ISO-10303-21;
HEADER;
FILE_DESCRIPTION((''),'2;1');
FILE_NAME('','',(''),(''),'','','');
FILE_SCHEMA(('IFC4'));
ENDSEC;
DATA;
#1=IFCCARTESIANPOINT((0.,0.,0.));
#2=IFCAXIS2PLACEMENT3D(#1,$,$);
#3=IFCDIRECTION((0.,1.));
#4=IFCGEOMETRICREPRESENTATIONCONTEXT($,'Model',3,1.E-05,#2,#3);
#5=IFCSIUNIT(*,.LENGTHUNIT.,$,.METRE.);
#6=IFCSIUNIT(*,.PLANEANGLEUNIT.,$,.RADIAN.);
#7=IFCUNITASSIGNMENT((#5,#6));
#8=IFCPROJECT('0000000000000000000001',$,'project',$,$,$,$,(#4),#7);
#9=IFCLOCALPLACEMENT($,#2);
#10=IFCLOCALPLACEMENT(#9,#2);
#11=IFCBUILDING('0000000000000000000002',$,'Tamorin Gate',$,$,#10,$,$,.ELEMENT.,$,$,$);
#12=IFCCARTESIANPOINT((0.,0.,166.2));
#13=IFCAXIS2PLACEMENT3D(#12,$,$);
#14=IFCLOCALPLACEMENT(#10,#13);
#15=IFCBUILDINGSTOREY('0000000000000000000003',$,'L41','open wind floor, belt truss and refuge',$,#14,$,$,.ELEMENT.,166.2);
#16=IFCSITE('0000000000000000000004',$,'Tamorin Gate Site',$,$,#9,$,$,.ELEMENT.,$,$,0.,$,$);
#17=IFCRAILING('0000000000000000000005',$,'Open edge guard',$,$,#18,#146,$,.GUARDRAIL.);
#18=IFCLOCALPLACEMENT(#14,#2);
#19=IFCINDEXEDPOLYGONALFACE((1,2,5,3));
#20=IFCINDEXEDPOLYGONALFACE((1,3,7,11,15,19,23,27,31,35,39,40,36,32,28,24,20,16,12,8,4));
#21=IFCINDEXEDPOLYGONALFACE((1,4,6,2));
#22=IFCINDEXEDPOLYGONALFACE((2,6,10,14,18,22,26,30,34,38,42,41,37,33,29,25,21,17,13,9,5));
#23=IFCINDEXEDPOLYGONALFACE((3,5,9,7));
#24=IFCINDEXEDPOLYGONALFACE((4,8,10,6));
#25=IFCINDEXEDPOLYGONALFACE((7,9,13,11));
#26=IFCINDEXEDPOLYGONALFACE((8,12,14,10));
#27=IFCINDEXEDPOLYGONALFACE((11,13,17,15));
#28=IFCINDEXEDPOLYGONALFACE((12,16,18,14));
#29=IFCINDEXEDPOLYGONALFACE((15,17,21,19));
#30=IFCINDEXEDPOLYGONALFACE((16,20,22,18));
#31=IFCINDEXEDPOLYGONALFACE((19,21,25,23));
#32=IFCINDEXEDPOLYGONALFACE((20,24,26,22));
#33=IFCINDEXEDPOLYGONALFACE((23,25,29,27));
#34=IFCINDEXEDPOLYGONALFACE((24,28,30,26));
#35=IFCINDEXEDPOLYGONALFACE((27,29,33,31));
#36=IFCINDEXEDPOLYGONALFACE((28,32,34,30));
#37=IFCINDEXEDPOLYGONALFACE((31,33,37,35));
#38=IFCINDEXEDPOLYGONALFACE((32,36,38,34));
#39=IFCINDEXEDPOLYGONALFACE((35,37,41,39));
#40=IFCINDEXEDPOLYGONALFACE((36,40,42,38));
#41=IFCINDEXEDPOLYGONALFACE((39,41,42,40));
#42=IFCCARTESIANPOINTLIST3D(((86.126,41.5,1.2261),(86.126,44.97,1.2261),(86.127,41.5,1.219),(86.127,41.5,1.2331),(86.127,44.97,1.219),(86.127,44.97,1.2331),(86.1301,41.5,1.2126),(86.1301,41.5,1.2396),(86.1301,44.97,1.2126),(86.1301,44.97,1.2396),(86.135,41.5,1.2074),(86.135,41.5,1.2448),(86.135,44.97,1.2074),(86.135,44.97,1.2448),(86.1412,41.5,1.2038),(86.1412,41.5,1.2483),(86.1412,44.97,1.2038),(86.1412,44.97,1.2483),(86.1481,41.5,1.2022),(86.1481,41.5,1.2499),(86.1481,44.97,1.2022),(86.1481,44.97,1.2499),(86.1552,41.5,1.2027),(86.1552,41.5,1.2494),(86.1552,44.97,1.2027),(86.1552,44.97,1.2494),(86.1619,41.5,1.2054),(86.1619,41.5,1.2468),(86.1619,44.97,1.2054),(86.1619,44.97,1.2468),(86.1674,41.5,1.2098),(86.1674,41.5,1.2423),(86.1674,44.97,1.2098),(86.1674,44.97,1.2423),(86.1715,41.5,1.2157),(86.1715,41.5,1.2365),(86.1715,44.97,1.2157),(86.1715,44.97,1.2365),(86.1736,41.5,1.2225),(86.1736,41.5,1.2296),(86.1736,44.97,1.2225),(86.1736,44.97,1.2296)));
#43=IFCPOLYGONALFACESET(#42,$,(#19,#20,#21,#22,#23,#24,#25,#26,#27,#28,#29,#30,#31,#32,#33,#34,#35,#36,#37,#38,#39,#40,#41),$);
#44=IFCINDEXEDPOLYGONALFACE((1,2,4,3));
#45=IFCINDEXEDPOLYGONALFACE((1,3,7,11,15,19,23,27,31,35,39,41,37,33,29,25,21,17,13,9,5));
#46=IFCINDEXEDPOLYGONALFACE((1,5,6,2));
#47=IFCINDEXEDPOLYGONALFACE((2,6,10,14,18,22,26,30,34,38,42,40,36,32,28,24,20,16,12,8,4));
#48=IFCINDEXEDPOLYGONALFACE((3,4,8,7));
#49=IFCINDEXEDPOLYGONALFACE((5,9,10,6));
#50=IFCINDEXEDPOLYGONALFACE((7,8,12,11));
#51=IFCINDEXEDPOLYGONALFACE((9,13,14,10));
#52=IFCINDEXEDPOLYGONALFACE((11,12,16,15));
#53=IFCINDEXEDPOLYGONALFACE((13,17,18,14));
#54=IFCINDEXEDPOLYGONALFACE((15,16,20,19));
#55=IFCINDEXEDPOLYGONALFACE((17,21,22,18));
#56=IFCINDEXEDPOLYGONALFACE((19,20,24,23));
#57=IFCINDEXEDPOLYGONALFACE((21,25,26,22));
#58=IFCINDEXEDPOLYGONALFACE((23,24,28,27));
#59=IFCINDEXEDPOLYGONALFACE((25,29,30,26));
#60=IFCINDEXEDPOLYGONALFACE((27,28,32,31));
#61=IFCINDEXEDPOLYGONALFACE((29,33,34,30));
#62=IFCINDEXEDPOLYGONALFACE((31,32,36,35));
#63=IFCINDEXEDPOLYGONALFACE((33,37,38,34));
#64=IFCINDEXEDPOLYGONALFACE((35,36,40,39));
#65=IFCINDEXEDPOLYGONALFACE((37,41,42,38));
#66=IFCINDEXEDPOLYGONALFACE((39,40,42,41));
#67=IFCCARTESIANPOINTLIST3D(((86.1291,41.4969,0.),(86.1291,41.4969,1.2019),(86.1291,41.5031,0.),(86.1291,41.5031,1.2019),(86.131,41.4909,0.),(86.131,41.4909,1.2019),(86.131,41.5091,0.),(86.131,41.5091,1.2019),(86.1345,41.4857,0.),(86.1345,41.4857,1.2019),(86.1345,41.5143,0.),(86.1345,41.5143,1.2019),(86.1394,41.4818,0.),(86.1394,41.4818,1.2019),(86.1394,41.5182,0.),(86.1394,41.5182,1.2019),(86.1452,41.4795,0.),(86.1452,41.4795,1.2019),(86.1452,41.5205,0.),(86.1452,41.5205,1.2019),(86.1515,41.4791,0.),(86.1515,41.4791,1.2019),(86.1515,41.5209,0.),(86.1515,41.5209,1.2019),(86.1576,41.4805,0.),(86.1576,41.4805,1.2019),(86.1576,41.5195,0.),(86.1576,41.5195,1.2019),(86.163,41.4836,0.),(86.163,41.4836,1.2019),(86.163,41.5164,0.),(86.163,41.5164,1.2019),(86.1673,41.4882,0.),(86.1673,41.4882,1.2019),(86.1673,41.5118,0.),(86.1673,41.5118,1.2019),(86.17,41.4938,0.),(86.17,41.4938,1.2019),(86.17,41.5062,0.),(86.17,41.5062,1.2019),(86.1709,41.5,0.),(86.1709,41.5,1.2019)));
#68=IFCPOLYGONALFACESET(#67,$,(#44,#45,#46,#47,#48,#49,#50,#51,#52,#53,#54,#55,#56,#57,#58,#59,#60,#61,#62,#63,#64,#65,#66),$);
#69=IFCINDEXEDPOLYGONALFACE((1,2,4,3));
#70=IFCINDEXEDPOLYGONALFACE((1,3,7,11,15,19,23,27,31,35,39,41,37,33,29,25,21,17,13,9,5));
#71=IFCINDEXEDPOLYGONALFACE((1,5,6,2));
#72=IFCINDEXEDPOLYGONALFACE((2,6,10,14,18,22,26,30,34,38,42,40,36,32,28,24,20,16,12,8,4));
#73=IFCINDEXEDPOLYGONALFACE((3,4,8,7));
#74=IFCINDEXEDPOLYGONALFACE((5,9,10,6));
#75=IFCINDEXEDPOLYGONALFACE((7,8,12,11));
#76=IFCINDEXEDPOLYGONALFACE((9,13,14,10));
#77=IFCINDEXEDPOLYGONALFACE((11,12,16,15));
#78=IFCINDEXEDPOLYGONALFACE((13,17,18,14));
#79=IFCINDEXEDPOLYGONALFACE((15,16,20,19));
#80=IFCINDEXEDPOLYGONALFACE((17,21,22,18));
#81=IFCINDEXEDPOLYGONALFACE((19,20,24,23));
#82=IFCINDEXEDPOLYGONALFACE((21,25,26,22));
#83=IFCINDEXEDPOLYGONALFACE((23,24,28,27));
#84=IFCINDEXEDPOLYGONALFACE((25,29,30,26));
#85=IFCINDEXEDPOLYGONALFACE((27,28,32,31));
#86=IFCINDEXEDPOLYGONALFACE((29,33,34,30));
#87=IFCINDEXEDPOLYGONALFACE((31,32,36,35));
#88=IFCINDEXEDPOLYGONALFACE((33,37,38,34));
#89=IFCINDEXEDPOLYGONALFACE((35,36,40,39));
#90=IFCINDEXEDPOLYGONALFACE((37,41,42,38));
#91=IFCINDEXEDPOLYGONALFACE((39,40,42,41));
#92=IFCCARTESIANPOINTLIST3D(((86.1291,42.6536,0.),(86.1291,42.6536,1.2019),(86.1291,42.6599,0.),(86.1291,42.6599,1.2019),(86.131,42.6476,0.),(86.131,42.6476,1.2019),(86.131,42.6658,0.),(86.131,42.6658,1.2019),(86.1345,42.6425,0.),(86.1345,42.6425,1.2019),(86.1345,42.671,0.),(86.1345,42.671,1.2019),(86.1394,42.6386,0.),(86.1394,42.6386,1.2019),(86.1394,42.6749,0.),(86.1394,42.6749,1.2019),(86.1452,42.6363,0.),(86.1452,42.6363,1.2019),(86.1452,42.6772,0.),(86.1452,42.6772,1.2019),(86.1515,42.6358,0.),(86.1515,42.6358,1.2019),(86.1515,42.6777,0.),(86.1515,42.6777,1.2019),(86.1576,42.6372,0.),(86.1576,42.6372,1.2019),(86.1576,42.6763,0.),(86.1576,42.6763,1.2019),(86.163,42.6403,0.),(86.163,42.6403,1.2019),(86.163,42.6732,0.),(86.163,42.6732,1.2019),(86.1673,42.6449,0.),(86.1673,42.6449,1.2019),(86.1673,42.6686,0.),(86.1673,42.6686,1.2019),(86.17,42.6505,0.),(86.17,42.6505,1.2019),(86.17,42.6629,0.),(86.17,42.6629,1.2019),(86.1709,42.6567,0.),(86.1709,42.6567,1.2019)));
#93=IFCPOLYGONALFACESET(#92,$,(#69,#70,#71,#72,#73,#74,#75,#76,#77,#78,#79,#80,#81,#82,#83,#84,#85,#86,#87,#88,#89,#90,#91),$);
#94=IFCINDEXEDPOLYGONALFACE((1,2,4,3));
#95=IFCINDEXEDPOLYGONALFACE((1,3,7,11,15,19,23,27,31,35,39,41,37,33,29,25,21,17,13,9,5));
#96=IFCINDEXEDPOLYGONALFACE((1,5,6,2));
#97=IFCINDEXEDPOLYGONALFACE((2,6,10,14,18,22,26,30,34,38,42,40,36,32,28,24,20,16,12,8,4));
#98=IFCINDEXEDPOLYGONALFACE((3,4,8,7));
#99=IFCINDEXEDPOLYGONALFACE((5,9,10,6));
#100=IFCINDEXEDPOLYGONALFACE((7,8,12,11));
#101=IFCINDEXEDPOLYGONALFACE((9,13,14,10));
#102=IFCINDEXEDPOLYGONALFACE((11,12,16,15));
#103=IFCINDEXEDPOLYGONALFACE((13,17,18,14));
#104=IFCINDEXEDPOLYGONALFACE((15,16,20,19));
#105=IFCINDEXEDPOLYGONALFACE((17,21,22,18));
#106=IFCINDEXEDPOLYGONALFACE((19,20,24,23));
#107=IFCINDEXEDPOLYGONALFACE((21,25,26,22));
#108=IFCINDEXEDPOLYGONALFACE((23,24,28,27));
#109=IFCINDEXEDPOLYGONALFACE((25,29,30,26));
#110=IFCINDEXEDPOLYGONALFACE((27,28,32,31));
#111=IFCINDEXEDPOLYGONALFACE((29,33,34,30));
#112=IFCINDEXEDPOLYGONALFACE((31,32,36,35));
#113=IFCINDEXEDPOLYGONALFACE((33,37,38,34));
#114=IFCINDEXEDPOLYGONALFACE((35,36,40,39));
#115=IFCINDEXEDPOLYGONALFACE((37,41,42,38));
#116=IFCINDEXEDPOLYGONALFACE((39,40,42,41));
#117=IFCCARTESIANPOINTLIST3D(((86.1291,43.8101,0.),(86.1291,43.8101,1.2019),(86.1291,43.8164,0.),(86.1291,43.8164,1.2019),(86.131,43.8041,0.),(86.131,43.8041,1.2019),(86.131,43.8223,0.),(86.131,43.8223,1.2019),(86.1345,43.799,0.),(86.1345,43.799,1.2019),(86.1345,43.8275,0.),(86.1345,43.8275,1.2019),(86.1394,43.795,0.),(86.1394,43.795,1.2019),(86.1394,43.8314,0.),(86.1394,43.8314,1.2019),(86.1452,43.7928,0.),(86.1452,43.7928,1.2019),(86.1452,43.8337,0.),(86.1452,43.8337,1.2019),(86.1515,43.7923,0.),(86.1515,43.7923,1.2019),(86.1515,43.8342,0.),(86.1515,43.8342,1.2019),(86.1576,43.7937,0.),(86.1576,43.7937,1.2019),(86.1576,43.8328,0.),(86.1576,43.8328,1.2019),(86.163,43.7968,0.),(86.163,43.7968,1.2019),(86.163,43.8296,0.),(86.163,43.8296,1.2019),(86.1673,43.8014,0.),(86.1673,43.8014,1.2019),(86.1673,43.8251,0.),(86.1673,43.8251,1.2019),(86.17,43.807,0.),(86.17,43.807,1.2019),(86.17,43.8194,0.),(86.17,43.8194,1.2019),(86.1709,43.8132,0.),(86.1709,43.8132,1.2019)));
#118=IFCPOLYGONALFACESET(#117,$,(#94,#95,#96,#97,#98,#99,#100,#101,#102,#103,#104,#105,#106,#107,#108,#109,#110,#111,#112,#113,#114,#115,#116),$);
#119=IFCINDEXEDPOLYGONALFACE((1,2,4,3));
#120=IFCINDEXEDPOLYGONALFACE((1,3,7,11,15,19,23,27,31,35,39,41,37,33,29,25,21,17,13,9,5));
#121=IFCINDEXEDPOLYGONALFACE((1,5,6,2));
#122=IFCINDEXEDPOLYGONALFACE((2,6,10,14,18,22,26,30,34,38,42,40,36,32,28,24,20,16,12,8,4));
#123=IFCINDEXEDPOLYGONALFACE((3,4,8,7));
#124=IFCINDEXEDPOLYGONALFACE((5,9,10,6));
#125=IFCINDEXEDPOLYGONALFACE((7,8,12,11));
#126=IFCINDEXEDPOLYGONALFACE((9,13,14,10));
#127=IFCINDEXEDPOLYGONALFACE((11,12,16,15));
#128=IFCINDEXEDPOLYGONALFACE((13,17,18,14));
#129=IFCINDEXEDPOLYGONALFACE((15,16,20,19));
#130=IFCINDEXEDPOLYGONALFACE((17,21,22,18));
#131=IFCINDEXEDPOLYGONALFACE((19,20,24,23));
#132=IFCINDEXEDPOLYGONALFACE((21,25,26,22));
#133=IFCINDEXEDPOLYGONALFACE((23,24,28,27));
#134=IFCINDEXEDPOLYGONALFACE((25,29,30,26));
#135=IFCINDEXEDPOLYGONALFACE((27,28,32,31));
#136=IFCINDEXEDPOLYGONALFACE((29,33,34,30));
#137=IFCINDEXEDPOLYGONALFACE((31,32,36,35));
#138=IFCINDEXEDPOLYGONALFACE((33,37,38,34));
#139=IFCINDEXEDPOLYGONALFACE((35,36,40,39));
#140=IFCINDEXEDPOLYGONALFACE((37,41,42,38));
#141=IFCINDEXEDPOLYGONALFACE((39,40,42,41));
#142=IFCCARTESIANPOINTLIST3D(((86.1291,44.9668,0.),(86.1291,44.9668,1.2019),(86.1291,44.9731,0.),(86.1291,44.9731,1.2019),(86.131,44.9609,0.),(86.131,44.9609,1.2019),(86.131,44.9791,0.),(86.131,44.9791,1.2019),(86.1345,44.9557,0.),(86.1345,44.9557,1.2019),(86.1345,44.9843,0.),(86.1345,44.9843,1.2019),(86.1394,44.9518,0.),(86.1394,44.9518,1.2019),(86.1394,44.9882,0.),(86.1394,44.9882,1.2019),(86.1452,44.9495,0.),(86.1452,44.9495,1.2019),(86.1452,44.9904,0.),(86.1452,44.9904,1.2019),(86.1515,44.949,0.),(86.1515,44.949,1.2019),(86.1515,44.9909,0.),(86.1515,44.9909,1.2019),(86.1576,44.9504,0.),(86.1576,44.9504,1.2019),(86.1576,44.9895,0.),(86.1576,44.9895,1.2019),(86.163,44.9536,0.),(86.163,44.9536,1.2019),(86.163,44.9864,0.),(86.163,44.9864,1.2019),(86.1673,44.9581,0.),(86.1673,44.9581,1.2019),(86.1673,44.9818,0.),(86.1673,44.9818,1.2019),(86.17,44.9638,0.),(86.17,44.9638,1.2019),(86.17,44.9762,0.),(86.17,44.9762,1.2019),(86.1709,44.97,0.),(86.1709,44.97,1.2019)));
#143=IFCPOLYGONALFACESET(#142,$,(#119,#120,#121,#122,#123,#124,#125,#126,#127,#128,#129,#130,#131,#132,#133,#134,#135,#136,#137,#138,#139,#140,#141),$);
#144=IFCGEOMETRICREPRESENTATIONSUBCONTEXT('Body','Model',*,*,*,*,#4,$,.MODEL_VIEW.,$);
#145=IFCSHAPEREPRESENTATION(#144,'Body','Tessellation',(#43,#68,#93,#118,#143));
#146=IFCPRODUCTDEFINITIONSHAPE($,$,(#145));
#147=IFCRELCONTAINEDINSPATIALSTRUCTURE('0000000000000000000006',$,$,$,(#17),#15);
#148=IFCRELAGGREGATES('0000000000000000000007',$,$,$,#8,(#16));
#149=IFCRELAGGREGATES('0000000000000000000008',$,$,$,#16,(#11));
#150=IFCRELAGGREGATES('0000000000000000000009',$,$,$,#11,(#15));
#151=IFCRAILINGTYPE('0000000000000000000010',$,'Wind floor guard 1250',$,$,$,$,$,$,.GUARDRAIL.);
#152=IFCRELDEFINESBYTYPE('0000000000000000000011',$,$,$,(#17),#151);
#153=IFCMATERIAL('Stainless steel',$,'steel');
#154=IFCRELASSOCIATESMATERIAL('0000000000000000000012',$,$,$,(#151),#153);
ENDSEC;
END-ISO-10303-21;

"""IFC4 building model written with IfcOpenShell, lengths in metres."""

from ifc_helpers import new_model, si_unit, direction, frame, origin, origin_2d, place, context, subcontext, project, spatial, circle, extrude, material, type_object, element, save


model = new_model("IFC4")

# Units and contexts
model_context = context("Model", 3, precision=1e-05, world=origin(), true_north=direction((0.0, 1.0)))
body_context = subcontext(model_context, "Body", "Model", "MODEL_VIEW")
ifc_project = project(units=[si_unit("LENGTHUNIT", "METRE"), si_unit("PLANEANGLEUNIT", "RADIAN")], contexts=[model_context])

# Site, building, storey
site_placement = place(None, origin())
site = spatial("IfcSite", under=ifc_project, at=site_placement, Name="Tamorin Gate Site", CompositionType="ELEMENT", RefElevation=0.0)
building_placement = place(site_placement, origin())
building = spatial("IfcBuilding", under=site, at=building_placement, Name="Tamorin Gate", CompositionType="ELEMENT")
storey_placement = place(building_placement, frame((0.0, 0.0, 166.2)))
storey = spatial("IfcBuildingStorey", under=building, at=storey_placement, Name="L41", Description="open wind floor, belt truss and refuge", CompositionType="ELEMENT", Elevation=166.2)

# Railing
ifc_material_1 = material(Name="Stainless steel", Category="steel")
railing_type = type_object("IfcRailingType", Name="Wind floor guard 1250", PredefinedType="GUARDRAIL", material=ifc_material_1)
railing_1_placement = place(storey_placement, frame((86.1499, 41.5, 0.0)))
element("IfcRailing", 1, at=railing_1_placement, inside=storey, type_object=railing_type, Name="Open edge guard", PredefinedType="GUARDRAIL", context=body_context, shape_type="SweptSolid", body=[
    extrude(circle(Radius=0.0239, at=origin_2d()), frame((0.0, 0.0, 1.2261), z_axis=(0.0, 1.0, 0.0), x_axis=(-1.0, 0.0, 0.0)), (0.0, 0.0, 1.0), 3.47),
    extrude(circle(Radius=0.021, at=origin_2d()), origin(), (0.0, 0.0, 1.0), 1.2019),
    extrude(circle(Radius=0.021, at=origin_2d()), frame((0.0, 1.1567, 0.0)), (0.0, 0.0, 1.0), 1.2019),
    extrude(circle(Radius=0.021, at=origin_2d()), frame((0.0, 2.3132, 0.0)), (0.0, 0.0, 1.0), 1.2019),
    extrude(circle(Radius=0.021, at=origin_2d()), frame((0.0, 3.47, 0.0)), (0.0, 0.0, 1.0), 1.2019),
])

save(model, "model.ifc")
